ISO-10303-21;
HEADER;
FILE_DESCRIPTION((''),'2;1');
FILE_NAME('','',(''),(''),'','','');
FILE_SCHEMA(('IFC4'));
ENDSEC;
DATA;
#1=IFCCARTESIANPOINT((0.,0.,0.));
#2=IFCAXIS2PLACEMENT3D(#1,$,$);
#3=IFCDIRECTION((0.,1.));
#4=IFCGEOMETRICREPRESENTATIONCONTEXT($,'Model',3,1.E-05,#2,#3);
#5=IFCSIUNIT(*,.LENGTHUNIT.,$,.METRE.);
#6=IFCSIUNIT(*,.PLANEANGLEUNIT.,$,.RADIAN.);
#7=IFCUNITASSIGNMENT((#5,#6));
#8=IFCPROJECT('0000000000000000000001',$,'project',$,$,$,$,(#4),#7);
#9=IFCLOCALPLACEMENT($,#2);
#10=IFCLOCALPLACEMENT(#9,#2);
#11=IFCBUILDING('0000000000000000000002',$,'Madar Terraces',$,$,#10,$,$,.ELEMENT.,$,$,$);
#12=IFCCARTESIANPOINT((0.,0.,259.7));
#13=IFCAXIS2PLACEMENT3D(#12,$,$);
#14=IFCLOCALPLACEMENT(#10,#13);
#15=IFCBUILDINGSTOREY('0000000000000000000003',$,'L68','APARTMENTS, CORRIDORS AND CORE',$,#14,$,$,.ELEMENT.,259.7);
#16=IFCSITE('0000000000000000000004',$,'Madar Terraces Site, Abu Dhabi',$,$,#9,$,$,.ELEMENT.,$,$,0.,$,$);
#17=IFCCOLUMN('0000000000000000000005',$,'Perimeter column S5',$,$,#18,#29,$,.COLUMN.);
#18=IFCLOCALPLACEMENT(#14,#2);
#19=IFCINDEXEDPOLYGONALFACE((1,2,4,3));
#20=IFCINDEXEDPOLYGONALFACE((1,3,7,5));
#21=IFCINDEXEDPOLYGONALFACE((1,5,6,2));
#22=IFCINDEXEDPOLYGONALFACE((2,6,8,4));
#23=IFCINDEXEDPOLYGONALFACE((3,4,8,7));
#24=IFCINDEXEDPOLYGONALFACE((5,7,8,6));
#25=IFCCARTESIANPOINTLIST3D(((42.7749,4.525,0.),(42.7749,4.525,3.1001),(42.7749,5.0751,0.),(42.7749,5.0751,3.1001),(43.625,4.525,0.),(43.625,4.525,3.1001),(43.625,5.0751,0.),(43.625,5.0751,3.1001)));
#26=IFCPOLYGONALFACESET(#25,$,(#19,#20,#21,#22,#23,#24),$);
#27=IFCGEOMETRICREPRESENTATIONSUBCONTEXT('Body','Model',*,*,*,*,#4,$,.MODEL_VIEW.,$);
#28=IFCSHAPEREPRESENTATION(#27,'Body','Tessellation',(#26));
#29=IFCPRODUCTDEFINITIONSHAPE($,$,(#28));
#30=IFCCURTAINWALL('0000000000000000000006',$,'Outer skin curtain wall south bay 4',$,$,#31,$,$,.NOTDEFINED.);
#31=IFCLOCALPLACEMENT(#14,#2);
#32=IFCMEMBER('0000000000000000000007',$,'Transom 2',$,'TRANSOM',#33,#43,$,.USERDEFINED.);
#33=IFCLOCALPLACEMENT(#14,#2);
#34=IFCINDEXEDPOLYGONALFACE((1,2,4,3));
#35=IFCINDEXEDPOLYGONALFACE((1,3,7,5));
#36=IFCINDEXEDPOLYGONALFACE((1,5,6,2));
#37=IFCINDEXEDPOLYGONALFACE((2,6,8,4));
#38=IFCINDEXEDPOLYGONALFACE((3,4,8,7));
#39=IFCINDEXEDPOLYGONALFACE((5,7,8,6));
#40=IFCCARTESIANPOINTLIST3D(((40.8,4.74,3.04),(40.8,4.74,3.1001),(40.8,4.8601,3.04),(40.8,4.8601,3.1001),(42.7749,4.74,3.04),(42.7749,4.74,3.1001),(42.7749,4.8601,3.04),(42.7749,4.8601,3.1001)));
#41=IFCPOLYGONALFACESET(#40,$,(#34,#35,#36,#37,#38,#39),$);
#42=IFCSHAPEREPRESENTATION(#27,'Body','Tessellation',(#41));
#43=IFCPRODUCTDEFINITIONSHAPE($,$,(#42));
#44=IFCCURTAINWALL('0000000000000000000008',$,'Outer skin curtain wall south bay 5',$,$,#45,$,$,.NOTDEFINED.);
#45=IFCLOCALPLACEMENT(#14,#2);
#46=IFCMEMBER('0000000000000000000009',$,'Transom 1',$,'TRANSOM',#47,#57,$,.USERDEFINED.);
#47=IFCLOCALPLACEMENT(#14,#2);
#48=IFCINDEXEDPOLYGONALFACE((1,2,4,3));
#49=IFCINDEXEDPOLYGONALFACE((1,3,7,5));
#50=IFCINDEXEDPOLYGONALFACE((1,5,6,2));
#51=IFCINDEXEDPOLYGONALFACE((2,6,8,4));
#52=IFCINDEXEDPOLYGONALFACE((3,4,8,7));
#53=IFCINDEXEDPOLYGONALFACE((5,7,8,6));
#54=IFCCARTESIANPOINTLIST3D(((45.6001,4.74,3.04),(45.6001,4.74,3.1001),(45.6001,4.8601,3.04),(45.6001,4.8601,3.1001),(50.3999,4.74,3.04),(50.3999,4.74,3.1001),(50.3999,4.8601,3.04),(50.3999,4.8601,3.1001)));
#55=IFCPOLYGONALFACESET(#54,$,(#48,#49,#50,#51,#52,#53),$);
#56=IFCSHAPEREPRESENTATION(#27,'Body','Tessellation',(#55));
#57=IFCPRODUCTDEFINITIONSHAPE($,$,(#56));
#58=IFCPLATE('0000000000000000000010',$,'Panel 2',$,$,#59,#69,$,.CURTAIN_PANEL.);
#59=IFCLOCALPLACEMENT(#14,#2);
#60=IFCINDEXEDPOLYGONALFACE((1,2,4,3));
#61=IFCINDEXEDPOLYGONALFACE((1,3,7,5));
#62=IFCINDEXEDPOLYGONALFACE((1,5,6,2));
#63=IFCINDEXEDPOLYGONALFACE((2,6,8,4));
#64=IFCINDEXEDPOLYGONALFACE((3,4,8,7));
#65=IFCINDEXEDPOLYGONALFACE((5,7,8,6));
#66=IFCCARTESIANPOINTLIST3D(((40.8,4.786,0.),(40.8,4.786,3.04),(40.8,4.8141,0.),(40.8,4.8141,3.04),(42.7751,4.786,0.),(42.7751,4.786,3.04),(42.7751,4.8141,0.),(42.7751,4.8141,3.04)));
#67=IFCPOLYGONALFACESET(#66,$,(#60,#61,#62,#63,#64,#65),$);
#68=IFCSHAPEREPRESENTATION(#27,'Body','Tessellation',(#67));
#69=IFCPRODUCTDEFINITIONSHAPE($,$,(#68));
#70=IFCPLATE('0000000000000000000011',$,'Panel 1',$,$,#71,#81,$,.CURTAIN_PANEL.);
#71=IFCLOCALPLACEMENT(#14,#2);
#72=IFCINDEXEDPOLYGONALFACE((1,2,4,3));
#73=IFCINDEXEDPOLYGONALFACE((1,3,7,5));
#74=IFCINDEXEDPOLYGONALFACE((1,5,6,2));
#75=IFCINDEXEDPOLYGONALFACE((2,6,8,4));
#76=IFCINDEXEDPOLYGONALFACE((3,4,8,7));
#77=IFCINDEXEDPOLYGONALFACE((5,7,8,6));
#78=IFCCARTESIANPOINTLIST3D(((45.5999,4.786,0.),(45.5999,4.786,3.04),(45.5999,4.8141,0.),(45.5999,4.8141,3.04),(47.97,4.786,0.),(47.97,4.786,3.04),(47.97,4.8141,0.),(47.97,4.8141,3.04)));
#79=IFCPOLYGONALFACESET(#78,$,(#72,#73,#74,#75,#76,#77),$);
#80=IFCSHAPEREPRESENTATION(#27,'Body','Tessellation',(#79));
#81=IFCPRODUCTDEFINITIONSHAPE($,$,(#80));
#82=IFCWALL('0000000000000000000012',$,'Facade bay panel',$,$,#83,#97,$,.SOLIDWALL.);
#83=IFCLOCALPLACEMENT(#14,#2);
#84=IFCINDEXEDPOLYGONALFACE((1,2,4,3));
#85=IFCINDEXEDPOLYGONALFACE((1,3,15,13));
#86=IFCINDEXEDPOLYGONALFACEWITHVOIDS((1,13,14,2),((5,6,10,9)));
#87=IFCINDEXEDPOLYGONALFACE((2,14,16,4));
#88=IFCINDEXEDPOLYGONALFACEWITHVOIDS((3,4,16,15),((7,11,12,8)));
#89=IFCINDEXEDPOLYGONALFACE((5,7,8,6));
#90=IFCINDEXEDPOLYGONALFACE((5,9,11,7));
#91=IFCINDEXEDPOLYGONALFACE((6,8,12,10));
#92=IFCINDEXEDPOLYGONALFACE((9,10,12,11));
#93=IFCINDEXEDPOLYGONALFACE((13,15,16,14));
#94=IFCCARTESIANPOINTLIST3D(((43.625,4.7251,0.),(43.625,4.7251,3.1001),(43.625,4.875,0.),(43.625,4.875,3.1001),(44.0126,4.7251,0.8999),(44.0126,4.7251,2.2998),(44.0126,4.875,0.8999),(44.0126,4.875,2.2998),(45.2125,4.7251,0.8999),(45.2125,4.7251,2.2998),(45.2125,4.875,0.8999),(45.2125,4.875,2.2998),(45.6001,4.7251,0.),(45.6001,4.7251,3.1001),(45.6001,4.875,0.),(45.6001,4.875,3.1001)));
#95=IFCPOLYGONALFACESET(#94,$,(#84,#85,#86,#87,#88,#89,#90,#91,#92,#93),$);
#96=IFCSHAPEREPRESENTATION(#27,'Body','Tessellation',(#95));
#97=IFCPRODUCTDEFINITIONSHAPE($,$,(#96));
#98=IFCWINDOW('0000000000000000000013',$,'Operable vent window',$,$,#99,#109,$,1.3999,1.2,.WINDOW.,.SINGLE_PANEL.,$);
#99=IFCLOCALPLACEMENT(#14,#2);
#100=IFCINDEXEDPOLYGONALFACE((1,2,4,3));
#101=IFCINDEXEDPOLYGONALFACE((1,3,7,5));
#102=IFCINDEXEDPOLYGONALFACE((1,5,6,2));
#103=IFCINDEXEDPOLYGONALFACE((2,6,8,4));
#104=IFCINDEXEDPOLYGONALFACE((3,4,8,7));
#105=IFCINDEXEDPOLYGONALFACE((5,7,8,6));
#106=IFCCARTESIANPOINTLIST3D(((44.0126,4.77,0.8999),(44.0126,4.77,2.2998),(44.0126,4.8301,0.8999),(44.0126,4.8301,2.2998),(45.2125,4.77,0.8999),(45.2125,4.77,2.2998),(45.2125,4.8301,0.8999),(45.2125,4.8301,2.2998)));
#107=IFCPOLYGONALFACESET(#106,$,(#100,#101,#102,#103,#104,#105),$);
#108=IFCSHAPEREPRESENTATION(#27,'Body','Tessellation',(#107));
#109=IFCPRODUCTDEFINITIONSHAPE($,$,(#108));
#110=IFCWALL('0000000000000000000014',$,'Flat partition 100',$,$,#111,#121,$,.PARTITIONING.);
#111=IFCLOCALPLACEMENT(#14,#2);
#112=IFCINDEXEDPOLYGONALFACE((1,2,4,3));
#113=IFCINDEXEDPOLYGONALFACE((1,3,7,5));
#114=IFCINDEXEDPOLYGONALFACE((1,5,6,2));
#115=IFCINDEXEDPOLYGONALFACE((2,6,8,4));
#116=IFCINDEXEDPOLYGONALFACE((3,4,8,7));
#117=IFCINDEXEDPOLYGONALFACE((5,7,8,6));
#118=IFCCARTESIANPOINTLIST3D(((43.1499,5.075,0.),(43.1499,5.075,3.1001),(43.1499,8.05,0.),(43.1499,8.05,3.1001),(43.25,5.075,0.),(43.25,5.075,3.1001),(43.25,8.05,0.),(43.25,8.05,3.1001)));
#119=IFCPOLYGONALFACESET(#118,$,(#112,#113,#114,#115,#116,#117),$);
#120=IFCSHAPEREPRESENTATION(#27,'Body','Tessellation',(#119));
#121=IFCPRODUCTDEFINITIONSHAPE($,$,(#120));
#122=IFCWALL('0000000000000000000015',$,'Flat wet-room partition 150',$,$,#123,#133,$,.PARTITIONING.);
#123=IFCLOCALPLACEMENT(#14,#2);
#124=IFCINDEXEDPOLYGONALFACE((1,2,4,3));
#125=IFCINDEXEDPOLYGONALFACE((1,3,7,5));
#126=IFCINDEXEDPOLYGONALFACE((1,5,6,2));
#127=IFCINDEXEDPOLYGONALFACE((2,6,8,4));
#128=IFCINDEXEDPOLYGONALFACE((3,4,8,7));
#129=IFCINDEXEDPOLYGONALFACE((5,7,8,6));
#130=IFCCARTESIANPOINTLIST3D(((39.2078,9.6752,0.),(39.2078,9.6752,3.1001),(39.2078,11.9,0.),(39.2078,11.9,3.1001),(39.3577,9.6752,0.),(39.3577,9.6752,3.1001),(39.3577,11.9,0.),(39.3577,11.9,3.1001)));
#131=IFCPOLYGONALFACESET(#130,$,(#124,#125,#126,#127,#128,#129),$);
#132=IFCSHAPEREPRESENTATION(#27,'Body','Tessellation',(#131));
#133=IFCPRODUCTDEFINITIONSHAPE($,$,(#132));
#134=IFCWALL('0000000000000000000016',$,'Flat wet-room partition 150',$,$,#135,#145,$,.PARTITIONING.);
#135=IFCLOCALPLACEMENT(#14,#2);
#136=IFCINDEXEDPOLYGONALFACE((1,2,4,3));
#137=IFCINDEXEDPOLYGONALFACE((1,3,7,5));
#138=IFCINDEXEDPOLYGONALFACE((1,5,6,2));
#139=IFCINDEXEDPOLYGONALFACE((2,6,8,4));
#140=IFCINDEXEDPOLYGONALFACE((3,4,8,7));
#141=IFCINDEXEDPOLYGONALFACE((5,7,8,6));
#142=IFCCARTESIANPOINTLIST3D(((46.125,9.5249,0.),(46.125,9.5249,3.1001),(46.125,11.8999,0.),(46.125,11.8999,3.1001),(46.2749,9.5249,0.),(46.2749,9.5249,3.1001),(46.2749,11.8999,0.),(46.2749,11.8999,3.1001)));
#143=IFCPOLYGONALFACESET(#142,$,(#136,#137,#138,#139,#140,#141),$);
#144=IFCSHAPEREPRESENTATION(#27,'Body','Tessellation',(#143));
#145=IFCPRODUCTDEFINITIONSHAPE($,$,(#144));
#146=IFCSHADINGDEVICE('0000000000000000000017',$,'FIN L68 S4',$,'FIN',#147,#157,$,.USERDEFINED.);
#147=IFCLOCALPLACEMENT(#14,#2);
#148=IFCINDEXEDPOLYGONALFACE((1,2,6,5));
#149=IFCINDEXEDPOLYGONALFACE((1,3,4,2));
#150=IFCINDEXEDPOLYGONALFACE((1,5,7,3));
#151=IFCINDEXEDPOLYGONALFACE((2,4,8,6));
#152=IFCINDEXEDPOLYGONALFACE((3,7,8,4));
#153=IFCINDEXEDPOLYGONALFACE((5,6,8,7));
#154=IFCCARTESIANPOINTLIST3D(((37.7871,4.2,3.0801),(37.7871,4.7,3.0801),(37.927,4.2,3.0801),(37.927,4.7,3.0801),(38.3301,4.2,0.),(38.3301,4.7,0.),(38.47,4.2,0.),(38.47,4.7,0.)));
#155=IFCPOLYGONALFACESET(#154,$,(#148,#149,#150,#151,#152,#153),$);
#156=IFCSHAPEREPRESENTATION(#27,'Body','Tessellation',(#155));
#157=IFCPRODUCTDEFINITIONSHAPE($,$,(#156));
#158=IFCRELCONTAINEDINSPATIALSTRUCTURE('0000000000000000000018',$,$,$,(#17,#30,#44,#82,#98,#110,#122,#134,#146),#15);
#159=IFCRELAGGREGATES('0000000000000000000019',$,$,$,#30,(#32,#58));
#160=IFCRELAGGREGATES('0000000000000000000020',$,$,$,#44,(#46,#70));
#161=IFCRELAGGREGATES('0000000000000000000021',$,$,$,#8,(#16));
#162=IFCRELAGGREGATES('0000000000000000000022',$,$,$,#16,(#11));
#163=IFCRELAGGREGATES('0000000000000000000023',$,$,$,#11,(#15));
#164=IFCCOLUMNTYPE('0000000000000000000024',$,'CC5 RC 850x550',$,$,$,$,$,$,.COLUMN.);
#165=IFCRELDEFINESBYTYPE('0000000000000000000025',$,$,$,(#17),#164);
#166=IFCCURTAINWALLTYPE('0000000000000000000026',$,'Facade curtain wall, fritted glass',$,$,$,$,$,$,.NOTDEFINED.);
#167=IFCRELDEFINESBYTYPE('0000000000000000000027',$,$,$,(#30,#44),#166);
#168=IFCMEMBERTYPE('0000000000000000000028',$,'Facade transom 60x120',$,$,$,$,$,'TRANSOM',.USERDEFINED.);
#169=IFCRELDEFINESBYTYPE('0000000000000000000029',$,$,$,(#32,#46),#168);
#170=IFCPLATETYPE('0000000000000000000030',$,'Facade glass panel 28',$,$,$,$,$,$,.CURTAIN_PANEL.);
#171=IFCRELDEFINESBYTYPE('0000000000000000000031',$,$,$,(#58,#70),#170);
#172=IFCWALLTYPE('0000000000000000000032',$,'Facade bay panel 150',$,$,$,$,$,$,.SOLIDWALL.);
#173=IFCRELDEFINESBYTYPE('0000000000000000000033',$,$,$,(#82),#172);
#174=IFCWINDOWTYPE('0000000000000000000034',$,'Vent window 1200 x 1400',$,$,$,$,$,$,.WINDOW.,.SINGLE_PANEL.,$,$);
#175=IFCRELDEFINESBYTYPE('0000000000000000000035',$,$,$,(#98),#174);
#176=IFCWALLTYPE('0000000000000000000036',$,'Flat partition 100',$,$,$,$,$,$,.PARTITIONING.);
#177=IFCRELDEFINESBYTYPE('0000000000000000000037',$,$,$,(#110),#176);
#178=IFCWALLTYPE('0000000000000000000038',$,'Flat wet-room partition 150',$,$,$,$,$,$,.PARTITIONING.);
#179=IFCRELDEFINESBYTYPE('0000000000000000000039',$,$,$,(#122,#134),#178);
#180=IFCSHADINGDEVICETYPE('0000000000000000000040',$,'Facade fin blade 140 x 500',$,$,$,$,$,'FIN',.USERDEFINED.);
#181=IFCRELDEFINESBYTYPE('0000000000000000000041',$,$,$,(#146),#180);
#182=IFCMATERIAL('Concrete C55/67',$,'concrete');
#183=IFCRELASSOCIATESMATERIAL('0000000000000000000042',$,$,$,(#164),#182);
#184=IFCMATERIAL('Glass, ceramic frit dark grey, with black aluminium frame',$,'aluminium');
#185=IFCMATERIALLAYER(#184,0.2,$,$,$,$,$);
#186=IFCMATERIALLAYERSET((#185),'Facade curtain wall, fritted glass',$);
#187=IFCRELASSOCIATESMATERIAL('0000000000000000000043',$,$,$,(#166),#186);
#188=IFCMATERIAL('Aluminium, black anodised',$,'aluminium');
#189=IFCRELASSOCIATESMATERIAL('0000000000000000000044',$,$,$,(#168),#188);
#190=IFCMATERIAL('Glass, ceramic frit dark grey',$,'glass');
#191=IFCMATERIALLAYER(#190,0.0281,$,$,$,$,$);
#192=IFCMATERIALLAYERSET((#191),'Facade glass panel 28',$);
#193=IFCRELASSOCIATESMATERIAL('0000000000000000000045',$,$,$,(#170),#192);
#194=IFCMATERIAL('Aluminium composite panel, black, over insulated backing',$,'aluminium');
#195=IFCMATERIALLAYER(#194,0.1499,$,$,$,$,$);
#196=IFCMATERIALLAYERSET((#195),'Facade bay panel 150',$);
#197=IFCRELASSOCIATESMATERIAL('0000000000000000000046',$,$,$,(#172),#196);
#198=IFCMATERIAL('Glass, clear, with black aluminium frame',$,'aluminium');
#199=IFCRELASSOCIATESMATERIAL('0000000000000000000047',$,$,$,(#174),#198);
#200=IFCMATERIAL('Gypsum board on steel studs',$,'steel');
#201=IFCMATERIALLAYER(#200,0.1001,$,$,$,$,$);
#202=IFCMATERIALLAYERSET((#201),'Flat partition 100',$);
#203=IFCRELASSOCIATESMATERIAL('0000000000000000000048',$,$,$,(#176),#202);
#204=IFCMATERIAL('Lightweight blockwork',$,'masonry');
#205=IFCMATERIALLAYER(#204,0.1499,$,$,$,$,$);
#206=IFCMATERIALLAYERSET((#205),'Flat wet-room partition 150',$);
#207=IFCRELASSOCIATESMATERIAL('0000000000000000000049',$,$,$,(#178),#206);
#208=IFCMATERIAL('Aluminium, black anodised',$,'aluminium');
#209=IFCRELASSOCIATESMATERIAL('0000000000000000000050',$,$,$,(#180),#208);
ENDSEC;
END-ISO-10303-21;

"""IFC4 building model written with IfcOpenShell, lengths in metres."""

from ifc_helpers import new_model, si_unit, direction, frame, frame_2d, origin, origin_2d, place, context, subcontext, project, spatial, polyline, rectangle, outline, extrude, material, layer, layer_set, material_profile, profile_set, type_object, element, fill, aggregate, save


model = new_model("IFC4")

# Units and contexts
model_context = context("Model", 3, precision=1e-05, world=origin(), true_north=direction((0.0, 1.0)))
body_context = subcontext(model_context, "Body", "Model", "MODEL_VIEW")
ifc_project = project(units=[si_unit("LENGTHUNIT", "METRE"), si_unit("PLANEANGLEUNIT", "RADIAN")], contexts=[model_context])

# Site, building, storey
site_placement = place(None, origin())
site = spatial("IfcSite", under=ifc_project, at=site_placement, Name="Madar Terraces Site, Abu Dhabi", CompositionType="ELEMENT", RefElevation=0.0)
building_placement = place(site_placement, origin())
building = spatial("IfcBuilding", under=site, at=building_placement, Name="Madar Terraces", CompositionType="ELEMENT")
storey_placement = place(building_placement, frame((0.0, 0.0, 259.7)))
storey = spatial("IfcBuildingStorey", under=building, at=storey_placement, Name="L68", Description="APARTMENTS, CORRIDORS AND CORE", CompositionType="ELEMENT", Elevation=259.7)

# Column
ifc_material_1 = material(Name="Concrete C55/67", Category="concrete")
ifc_material_profile_1 = material_profile(ifc_material_1, rectangle(XDim=0.8501, YDim=0.55, at=origin_2d()), Name="CC5 RC 850x550")
ifc_profile_set_1 = profile_set([ifc_material_profile_1], Name="Concrete C55/67")
column_type = type_object("IfcColumnType", Name="CC5 RC 850x550", PredefinedType="COLUMN", material=ifc_profile_set_1)
column_placement = place(storey_placement, frame((43.2, 4.8, 0.0), z_axis=(0.0, 0.0, 1.0), x_axis=(1.0, 0.0, 0.0)))
element("IfcColumn", 1, at=column_placement, inside=storey, type_object=column_type, Name="Perimeter column S5", PredefinedType="COLUMN", context=body_context, shape_type="SweptSolid", body=[
    extrude(rectangle(XDim=0.8501, YDim=0.55, at=origin_2d()), origin(), (0.0, 0.0, 1.0), 3.1001),
])

# Curtain walls, members
ifc_material_2 = material(Name="Glass, ceramic frit dark grey, with black aluminium frame", Category="aluminium")
ifc_layer_1 = layer(ifc_material_2, 0.2)
ifc_layer_set_1 = layer_set([ifc_layer_1], Name="Facade curtain wall, fritted glass")
curtain_wall_type = type_object("IfcCurtainWallType", Name="Facade curtain wall, fritted glass", PredefinedType="NOTDEFINED", material=ifc_layer_set_1)
curtain_wall_1_placement = place(storey_placement, origin())
curtain_wall_1 = element("IfcCurtainWall", 2, at=curtain_wall_1_placement, inside=storey, type_object=curtain_wall_type, Name="Outer skin curtain wall south bay 4", PredefinedType="NOTDEFINED")
ifc_material_3 = material(Name="Aluminium, black anodised", Category="aluminium")
ifc_material_profile_2 = material_profile(ifc_material_3, rectangle(XDim=0.1201, YDim=0.0601, at=origin_2d()), Name="Facade transom 60x120")
ifc_profile_set_2 = profile_set([ifc_material_profile_2], Name="Aluminium, black anodised")
member_type = type_object("IfcMemberType", Name="Facade transom 60x120", ElementType="TRANSOM", PredefinedType="USERDEFINED", material=ifc_profile_set_2)
member_1_placement = place(storey_placement, frame((40.8, 4.8, 3.0701), z_axis=(1.0, 0.0, 0.0), x_axis=(0.0, 1.0, 0.0)))
member_1 = element("IfcMember", 3, at=member_1_placement, type_object=member_type, Name="Transom 2", ObjectType="TRANSOM", PredefinedType="USERDEFINED", context=body_context, shape_type="SweptSolid", body=[
    extrude(rectangle(XDim=0.1201, YDim=0.0601, at=origin_2d()), origin(), (0.0, 0.0, 1.0), 1.9749),
])
curtain_wall_2_placement = place(storey_placement, origin())
curtain_wall_2 = element("IfcCurtainWall", 4, at=curtain_wall_2_placement, inside=storey, type_object=curtain_wall_type, Name="Outer skin curtain wall south bay 5", PredefinedType="NOTDEFINED")
member_2_placement = place(storey_placement, frame((45.6001, 4.8, 3.0701), z_axis=(1.0, 0.0, 0.0), x_axis=(0.0, 1.0, 0.0)))
member_2 = element("IfcMember", 5, at=member_2_placement, type_object=member_type, Name="Transom 1", ObjectType="TRANSOM", PredefinedType="USERDEFINED", context=body_context, shape_type="SweptSolid", body=[
    extrude(rectangle(XDim=0.1201, YDim=0.0601, at=origin_2d()), origin(), (0.0, 0.0, 1.0), 4.7998),
])

# Plates
ifc_material_4 = material(Name="Glass, ceramic frit dark grey", Category="glass")
ifc_layer_2 = layer(ifc_material_4, 0.0281)
ifc_layer_set_2 = layer_set([ifc_layer_2], Name="Facade glass panel 28")
plate_type = type_object("IfcPlateType", Name="Facade glass panel 28", PredefinedType="CURTAIN_PANEL", material=ifc_layer_set_2)
plate_1_placement = place(storey_placement, frame((41.7876, 4.8, 0.0), z_axis=(0.0, 0.0, 1.0), x_axis=(1.0, 0.0, 0.0)))
plate_1 = element("IfcPlate", 6, at=plate_1_placement, type_object=plate_type, Name="Panel 2", PredefinedType="CURTAIN_PANEL", context=body_context, shape_type="SweptSolid", body=[
    extrude(rectangle(XDim=1.9751, YDim=0.0281, at=origin_2d()), origin(), (0.0, 0.0, 1.0), 3.04),
])
aggregate(curtain_wall_1, [member_1, plate_1])
plate_2_placement = place(storey_placement, frame((46.7849, 4.8, 0.0), z_axis=(0.0, 0.0, 1.0), x_axis=(1.0, 0.0, 0.0)))
plate_2 = element("IfcPlate", 7, at=plate_2_placement, type_object=plate_type, Name="Panel 1", PredefinedType="CURTAIN_PANEL", context=body_context, shape_type="SweptSolid", body=[
    extrude(rectangle(XDim=2.3701, YDim=0.0281, at=origin_2d()), origin(), (0.0, 0.0, 1.0), 3.04),
])
aggregate(curtain_wall_2, [member_2, plate_2])

# Shared definitions
ifc_material_5 = material(Name="Aluminium composite panel, black, over insulated backing", Category="aluminium")
ifc_layer_3 = layer(ifc_material_5, 0.1499)
ifc_layer_set_3 = layer_set([ifc_layer_3], Name="Facade bay panel 150")
wall_type_1 = type_object("IfcWallType", Name="Facade bay panel 150", PredefinedType="SOLIDWALL", material=ifc_layer_set_3)

# Wall, opening, window
wall_1_placement = place(storey_placement, frame((43.625, 4.8, 0.0), z_axis=(0.0, 0.0, 1.0), x_axis=(1.0, 0.0, 0.0)))
wall_1 = element("IfcWall", 8, at=wall_1_placement, inside=storey, type_object=wall_type_1, Name="Facade bay panel", PredefinedType="SOLIDWALL", context=body_context, shape_type="SweptSolid", body=[
    extrude(rectangle(XDim=1.9751, YDim=0.1499, at=frame_2d((0.9875, 0.0))), origin(), (0.0, 0.0, 1.0), 3.1001),
])
opening_1_placement = place(wall_1_placement, frame((0.3875, 0.0, 0.8999)))
opening_1 = element("IfcOpeningElement", 9, at=opening_1_placement, cuts=wall_1, PredefinedType="OPENING", context=body_context, shape_type="SweptSolid", body=[
    extrude(rectangle(XDim=1.2, YDim=1.3999, at=frame_2d((0.6001, 0.7))), frame((0.0, 0.085, 0.0), z_axis=(0.0, -1.0, 0.0), x_axis=(1.0, 0.0, 0.0)), (0.0, 0.0, 1.0), 0.1699),
])
ifc_material_6 = material(Name="Glass, clear, with black aluminium frame", Category="aluminium")
window_type = type_object("IfcWindowType", Name="Vent window 1200 x 1400", PartitioningType="SINGLE_PANEL", PredefinedType="WINDOW", material=ifc_material_6)
window_placement = place(opening_1_placement, origin())
window = element("IfcWindow", 10, at=window_placement, inside=storey, type_object=window_type, Name="Operable vent window", OverallHeight=1.3999, OverallWidth=1.2, PartitioningType="SINGLE_PANEL", PredefinedType="WINDOW", context=body_context, shape_type="SweptSolid", body=[
    extrude(rectangle(XDim=1.2, YDim=1.3999, at=frame_2d((0.6001, 0.7))), frame((0.0, 0.03, 0.0), z_axis=(0.0, -1.0, 0.0), x_axis=(1.0, 0.0, 0.0)), (0.0, 0.0, 1.0), 0.0601),
])
fill(opening_1, window)

# Walls
ifc_material_7 = material(Name="Gypsum board on steel studs", Category="steel")
ifc_layer_4 = layer(ifc_material_7, 0.1001)
ifc_layer_set_4 = layer_set([ifc_layer_4], Name="Flat partition 100")
wall_type_2 = type_object("IfcWallType", Name="Flat partition 100", PredefinedType="PARTITIONING", material=ifc_layer_set_4)
wall_2_placement = place(storey_placement, frame((43.2, 8.05, 0.0), z_axis=(0.0, 0.0, 1.0), x_axis=(0.0, -1.0, 0.0)))
element("IfcWall", 11, at=wall_2_placement, inside=storey, type_object=wall_type_2, Name="Flat partition 100", PredefinedType="PARTITIONING", context=body_context, shape_type="SweptSolid", body=[
    extrude(rectangle(XDim=2.9751, YDim=0.1001, at=frame_2d((1.4875, 0.0))), origin(), (0.0, 0.0, 1.0), 3.1001),
])
ifc_material_8 = material(Name="Lightweight blockwork", Category="masonry")
ifc_layer_5 = layer(ifc_material_8, 0.1499)
ifc_layer_set_5 = layer_set([ifc_layer_5], Name="Flat wet-room partition 150")
wall_type_3 = type_object("IfcWallType", Name="Flat wet-room partition 150", PredefinedType="PARTITIONING", material=ifc_layer_set_5)
wall_3_placement = place(storey_placement, frame((39.2827, 11.8999, 0.0), z_axis=(0.0, 0.0, 1.0), x_axis=(0.0, -1.0, 0.0)))
element("IfcWall", 12, at=wall_3_placement, inside=storey, type_object=wall_type_3, Name="Flat wet-room partition 150", PredefinedType="PARTITIONING", context=body_context, shape_type="SweptSolid", body=[
    extrude(rectangle(XDim=2.2249, YDim=0.1499, at=frame_2d((1.1123, 0.0))), origin(), (0.0, 0.0, 1.0), 3.1001),
])
wall_4_placement = place(storey_placement, frame((46.2, 11.8999, 0.0), z_axis=(0.0, 0.0, 1.0), x_axis=(0.0, -1.0, 0.0)))
element("IfcWall", 13, at=wall_4_placement, inside=storey, type_object=wall_type_3, Name="Flat wet-room partition 150", PredefinedType="PARTITIONING", context=body_context, shape_type="SweptSolid", body=[
    extrude(rectangle(XDim=2.375, YDim=0.1499, at=frame_2d((1.1875, 0.0))), origin(), (0.0, 0.0, 1.0), 3.1001),
])

# Shading device
ifc_material_9 = material(Name="Aluminium, black anodised", Category="aluminium")
shading_device_type = type_object("IfcShadingDeviceType", Name="Facade fin blade 140 x 500", ElementType="FIN", PredefinedType="USERDEFINED", material=ifc_material_9)
shading_device_placement = place(storey_placement, frame((38.3301, 4.45, 0.0), z_axis=(0.0, 0.0, 1.0), x_axis=(1.0, 0.0, 0.0)))
element("IfcShadingDevice", 14, at=shading_device_placement, inside=storey, type_object=shading_device_type, Name="FIN L68 S4", ObjectType="FIN", PredefinedType="USERDEFINED", context=body_context, shape_type="SweptSolid", body=[
    extrude(outline(polyline([(0.0, 0.0), (0.1399, 0.0), (-0.4031, 3.0801), (-0.543, 3.0801), (0.0, 0.0)])), frame((0.0, 0.25, 0.0), z_axis=(0.0, -1.0, 0.0), x_axis=(1.0, 0.0, 0.0)), (0.0, 0.0, 1.0), 0.5),
])

save(model, "model.ifc")
